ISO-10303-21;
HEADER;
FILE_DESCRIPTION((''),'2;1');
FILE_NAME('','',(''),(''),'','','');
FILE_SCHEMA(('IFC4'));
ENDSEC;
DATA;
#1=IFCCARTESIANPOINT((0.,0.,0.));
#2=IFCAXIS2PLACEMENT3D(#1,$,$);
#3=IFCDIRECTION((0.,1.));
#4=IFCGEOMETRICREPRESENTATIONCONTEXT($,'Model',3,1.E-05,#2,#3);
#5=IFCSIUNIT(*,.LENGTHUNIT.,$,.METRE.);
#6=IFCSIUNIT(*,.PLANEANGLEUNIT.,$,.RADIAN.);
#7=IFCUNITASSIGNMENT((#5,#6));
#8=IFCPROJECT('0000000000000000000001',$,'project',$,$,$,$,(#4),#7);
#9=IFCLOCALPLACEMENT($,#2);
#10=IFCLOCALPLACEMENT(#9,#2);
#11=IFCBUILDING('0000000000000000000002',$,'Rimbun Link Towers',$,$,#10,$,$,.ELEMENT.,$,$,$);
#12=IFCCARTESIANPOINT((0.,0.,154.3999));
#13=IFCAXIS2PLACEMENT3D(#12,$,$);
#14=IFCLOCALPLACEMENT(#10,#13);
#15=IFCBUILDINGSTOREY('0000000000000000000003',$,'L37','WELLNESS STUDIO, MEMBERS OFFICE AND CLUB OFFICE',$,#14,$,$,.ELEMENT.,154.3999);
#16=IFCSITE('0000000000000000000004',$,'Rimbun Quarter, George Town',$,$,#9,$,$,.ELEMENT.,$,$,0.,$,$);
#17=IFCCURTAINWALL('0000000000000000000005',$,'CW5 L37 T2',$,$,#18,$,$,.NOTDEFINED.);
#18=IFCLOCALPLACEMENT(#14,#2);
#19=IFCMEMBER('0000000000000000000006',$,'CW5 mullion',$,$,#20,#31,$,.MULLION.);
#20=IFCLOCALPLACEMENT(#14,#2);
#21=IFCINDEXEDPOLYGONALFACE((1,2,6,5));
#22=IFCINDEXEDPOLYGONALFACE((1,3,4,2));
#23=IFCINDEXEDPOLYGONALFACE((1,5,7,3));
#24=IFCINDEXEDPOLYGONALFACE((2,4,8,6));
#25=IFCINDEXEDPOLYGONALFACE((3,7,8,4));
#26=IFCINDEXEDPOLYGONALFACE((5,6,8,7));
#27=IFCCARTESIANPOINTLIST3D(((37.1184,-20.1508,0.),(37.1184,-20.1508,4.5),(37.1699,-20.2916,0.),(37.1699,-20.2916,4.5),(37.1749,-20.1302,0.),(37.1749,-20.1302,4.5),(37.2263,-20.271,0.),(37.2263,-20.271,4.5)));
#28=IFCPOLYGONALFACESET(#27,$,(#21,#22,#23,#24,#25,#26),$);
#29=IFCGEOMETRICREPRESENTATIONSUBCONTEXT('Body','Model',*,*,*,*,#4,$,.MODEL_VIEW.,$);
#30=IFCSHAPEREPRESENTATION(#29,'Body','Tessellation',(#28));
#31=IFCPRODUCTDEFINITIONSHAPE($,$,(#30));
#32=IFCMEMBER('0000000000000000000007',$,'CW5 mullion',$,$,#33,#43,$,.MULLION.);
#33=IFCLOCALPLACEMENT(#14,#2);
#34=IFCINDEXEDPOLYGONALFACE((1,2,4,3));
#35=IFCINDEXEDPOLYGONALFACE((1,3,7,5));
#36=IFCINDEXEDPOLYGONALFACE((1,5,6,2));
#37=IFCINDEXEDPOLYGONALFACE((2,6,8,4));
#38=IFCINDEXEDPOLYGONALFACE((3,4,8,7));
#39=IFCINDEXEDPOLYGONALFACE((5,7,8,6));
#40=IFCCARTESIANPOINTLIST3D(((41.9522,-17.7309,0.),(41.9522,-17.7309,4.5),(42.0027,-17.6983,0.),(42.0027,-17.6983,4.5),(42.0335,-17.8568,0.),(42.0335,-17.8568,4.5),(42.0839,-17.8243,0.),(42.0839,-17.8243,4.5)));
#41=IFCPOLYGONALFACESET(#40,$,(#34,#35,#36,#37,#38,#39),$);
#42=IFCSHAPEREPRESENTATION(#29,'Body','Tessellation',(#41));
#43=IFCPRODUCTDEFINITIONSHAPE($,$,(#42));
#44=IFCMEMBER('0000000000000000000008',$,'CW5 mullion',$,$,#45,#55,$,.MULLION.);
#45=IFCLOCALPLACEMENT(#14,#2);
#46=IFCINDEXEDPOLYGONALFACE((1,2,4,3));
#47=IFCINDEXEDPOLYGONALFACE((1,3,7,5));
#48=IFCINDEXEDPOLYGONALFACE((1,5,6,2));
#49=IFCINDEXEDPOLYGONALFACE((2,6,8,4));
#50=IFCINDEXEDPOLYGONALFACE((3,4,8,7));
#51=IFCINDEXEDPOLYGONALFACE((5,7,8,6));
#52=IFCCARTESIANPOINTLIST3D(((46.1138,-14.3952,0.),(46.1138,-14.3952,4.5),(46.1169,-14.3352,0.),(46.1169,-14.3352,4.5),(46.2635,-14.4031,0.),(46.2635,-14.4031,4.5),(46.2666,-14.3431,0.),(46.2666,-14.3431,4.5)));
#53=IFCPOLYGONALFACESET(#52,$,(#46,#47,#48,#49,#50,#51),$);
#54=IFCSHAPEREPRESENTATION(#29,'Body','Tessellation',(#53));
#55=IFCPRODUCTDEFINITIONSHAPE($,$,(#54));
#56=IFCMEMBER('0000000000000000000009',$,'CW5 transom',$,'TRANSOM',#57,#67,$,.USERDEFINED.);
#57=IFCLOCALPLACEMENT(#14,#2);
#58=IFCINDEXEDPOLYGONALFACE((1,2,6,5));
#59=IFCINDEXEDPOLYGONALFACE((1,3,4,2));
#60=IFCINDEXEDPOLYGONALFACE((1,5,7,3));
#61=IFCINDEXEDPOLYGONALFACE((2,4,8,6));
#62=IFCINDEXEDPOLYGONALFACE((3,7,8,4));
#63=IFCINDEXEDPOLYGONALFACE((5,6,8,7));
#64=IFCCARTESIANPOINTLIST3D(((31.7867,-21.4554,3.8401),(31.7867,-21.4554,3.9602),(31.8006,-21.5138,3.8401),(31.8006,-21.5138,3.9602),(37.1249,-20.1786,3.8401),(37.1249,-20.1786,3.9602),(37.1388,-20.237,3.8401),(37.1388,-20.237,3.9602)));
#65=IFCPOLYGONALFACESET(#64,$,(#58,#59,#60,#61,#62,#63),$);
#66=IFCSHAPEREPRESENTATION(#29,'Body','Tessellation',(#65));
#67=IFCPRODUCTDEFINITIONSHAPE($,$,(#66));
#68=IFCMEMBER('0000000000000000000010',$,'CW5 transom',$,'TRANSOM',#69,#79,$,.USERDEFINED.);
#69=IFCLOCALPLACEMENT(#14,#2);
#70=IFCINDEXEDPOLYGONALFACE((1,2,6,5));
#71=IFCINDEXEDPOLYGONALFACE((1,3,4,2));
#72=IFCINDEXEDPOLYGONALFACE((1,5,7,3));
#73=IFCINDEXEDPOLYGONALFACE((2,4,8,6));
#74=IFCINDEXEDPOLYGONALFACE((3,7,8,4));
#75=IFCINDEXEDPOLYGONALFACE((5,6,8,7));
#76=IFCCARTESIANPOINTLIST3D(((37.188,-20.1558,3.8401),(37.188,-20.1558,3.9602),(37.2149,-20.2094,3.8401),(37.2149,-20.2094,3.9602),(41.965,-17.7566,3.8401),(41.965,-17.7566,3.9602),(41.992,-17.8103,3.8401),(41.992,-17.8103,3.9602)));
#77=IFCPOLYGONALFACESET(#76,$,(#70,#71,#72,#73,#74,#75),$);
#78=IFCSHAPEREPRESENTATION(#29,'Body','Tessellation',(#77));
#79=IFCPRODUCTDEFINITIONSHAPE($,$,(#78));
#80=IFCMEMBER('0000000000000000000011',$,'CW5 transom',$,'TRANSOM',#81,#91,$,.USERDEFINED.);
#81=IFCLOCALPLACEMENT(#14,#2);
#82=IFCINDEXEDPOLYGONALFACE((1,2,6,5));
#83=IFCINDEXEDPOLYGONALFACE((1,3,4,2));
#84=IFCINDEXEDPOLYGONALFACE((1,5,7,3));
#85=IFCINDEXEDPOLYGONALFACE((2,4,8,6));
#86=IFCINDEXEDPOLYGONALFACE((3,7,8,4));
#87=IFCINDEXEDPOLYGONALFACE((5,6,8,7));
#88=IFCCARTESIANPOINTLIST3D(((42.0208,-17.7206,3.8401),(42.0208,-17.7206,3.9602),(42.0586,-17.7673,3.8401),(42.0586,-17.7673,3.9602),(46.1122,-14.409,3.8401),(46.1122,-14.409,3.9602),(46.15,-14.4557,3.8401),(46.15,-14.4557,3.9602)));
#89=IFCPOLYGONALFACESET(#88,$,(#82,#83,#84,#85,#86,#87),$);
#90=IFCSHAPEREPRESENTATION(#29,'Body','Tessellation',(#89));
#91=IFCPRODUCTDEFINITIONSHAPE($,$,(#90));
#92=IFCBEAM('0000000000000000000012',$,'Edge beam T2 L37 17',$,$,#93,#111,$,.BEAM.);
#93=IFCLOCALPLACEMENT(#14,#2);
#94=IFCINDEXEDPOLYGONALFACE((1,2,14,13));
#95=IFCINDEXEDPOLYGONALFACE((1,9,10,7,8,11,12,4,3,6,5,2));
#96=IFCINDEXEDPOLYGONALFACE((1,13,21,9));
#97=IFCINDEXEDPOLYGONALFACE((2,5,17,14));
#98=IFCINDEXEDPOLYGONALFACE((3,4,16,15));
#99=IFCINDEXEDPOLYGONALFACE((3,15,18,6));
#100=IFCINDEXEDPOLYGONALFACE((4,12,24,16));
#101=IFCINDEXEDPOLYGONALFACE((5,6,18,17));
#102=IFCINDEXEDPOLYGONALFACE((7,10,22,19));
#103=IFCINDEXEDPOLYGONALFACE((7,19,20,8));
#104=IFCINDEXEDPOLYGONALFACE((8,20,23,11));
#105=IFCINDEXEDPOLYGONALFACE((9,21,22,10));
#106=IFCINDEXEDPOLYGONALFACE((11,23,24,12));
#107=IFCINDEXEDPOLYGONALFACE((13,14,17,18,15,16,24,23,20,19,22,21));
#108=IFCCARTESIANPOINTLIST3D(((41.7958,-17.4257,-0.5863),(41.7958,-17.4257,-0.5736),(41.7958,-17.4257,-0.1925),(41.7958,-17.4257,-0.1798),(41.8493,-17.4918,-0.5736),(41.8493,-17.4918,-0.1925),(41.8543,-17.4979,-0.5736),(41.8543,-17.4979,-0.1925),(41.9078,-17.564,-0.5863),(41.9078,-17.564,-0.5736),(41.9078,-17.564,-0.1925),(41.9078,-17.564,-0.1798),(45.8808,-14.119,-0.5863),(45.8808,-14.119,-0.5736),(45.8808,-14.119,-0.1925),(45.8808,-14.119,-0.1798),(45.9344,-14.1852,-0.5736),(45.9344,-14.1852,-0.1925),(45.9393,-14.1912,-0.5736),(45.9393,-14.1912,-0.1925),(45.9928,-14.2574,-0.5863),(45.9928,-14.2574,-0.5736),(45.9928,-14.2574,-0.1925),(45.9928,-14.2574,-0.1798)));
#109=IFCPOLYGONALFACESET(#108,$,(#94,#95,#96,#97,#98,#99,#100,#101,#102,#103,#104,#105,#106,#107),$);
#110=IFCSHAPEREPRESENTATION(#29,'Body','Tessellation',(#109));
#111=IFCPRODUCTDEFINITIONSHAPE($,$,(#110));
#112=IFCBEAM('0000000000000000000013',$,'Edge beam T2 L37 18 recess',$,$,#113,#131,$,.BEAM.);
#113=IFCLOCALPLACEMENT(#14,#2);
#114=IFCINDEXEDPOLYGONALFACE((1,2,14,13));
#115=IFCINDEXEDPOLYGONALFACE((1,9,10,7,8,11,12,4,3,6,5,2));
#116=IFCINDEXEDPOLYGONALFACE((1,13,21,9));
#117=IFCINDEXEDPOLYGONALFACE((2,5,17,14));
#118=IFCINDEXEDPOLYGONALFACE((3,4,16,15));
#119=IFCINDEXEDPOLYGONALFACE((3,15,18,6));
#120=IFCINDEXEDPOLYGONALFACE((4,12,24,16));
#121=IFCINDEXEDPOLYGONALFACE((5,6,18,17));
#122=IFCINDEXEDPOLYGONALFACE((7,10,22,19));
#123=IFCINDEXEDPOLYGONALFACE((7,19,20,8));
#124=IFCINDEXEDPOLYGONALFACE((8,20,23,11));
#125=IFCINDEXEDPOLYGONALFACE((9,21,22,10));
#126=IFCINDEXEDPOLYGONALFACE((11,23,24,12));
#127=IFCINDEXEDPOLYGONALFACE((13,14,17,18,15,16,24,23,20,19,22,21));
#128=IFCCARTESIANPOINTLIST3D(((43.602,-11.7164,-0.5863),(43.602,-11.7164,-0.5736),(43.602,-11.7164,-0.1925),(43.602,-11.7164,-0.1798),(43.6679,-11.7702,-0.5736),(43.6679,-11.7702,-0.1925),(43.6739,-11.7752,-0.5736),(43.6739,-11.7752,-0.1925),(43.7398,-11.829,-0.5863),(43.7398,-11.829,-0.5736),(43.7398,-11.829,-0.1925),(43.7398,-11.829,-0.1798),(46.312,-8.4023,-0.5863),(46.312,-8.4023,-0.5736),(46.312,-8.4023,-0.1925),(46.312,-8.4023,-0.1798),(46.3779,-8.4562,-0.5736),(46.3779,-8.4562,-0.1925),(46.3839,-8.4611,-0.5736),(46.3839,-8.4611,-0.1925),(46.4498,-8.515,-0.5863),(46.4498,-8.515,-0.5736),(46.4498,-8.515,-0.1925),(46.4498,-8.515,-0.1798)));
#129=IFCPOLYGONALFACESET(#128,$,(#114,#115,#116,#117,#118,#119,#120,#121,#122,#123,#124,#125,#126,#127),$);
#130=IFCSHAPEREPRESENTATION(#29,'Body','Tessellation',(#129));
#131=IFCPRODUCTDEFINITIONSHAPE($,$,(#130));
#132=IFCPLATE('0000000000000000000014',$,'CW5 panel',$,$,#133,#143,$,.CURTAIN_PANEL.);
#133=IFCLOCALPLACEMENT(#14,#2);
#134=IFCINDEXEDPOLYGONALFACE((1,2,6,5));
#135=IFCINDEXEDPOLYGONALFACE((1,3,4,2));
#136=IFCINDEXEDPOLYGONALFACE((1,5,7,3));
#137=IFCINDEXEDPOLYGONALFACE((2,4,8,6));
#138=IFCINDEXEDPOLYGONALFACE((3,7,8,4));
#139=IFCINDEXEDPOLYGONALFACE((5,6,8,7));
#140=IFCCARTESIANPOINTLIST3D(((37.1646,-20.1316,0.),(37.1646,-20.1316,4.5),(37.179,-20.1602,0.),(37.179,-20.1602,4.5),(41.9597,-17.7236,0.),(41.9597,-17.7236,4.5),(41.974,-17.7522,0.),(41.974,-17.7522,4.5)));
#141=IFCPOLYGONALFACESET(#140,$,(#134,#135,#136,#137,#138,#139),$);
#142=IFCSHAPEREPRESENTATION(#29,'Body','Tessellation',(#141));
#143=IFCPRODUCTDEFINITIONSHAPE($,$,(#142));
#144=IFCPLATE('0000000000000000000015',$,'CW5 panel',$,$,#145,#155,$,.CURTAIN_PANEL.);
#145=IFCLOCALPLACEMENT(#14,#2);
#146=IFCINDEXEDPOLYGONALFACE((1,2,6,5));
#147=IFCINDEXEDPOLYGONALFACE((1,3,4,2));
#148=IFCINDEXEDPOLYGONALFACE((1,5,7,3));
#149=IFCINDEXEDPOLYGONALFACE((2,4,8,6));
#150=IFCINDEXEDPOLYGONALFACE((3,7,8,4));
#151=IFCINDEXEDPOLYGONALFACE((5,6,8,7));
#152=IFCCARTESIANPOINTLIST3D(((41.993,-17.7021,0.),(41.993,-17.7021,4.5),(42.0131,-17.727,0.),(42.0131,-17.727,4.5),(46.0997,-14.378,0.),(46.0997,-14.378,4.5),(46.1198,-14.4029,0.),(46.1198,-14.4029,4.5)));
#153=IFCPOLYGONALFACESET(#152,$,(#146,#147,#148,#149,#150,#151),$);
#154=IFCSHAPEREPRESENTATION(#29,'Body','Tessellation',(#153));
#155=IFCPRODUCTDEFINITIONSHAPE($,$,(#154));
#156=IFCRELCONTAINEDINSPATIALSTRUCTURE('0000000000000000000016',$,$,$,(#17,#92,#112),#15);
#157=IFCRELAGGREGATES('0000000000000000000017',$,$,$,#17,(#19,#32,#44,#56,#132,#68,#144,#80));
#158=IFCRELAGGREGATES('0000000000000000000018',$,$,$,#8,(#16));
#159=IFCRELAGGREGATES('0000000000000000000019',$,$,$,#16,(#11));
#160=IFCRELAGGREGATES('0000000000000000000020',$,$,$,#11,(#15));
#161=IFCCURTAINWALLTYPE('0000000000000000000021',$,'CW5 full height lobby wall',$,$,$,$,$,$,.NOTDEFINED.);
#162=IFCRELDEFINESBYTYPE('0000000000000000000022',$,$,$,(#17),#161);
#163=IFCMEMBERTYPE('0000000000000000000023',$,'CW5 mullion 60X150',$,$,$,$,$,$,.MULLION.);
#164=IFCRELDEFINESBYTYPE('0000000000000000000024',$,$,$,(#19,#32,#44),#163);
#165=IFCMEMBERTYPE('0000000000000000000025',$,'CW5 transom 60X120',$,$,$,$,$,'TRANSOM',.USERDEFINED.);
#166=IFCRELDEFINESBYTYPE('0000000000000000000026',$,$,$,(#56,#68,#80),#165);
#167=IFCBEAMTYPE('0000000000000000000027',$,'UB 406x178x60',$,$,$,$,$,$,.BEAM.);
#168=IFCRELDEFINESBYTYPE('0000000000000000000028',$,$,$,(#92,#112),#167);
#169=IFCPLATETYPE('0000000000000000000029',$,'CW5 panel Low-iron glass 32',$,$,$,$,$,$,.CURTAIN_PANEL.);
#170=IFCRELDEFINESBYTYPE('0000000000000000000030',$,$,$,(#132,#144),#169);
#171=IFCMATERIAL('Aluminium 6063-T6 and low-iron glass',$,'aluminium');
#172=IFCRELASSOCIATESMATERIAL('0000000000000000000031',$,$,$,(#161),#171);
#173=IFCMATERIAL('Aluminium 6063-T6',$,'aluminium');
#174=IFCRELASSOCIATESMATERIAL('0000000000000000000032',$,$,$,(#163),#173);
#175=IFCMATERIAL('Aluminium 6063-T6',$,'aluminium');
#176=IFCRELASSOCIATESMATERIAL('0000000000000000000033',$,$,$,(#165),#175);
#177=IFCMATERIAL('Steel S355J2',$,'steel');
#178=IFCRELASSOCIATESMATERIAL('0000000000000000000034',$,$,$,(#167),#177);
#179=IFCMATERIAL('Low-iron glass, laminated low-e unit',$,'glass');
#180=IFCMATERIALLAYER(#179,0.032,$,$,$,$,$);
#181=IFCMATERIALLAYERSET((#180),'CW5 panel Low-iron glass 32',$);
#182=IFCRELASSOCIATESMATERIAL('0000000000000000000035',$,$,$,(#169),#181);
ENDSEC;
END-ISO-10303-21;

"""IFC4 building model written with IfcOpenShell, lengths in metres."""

from ifc_helpers import new_model, si_unit, direction, frame, origin, origin_2d, place, context, subcontext, project, spatial, rectangle, i_section, extrude, material, layer, layer_set, material_profile, profile_set, type_object, element, aggregate, save


model = new_model("IFC4")

# Units and contexts
model_context = context("Model", 3, precision=1e-05, world=origin(), true_north=direction((0.0, 1.0)))
body_context = subcontext(model_context, "Body", "Model", "MODEL_VIEW")
ifc_project = project(units=[si_unit("LENGTHUNIT", "METRE"), si_unit("PLANEANGLEUNIT", "RADIAN")], contexts=[model_context])

# Site, building, storey
site_placement = place(None, origin())
site = spatial("IfcSite", under=ifc_project, at=site_placement, Name="Rimbun Quarter, George Town", CompositionType="ELEMENT", RefElevation=0.0)
building_placement = place(site_placement, origin())
building = spatial("IfcBuilding", under=site, at=building_placement, Name="Rimbun Link Towers", CompositionType="ELEMENT")
storey_placement = place(building_placement, frame((0.0, 0.0, 154.3999)))
storey = spatial("IfcBuildingStorey", under=building, at=storey_placement, Name="L37", Description="WELLNESS STUDIO, MEMBERS OFFICE AND CLUB OFFICE", CompositionType="ELEMENT", Elevation=154.3999)

# Curtain wall, members
ifc_material_1 = material(Name="Aluminium 6063-T6 and low-iron glass", Category="aluminium")
curtain_wall_type = type_object("IfcCurtainWallType", Name="CW5 full height lobby wall", PredefinedType="NOTDEFINED", material=ifc_material_1)
curtain_wall_placement = place(storey_placement, origin())
curtain_wall = element("IfcCurtainWall", 1, at=curtain_wall_placement, inside=storey, type_object=curtain_wall_type, Name="CW5 L37 T2", PredefinedType="NOTDEFINED")
ifc_material_2 = material(Name="Aluminium 6063-T6", Category="aluminium")
ifc_material_profile_1 = material_profile(ifc_material_2, rectangle(XDim=0.1499, YDim=0.0601, at=origin_2d()), Name="MULLION 60X150")
ifc_profile_set_1 = profile_set([ifc_material_profile_1], Name="Aluminium 6063-T6")
member_type_1 = type_object("IfcMemberType", Name="CW5 mullion 60X150", PredefinedType="MULLION", material=ifc_profile_set_1)
member_1_placement = place(storey_placement, frame((37.1724, -20.2109, 0.0), z_axis=(0.0, 0.0, 1.0), x_axis=(0.342963, -0.939349, 0.0)))
member_1 = element("IfcMember", 2, at=member_1_placement, type_object=member_type_1, Name="CW5 mullion", PredefinedType="MULLION", context=body_context, shape_type="SweptSolid", body=[
    extrude(rectangle(XDim=0.1499, YDim=0.0601, at=origin_2d()), origin(), (0.0, 0.0, 1.0), 4.5),
])
member_2_placement = place(storey_placement, frame((42.0181, -17.7776, 0.0), z_axis=(0.0, 0.0, 1.0), x_axis=(0.542102, -0.840313, 0.0)))
member_2 = element("IfcMember", 3, at=member_2_placement, type_object=member_type_1, Name="CW5 mullion", PredefinedType="MULLION", context=body_context, shape_type="SweptSolid", body=[
    extrude(rectangle(XDim=0.1499, YDim=0.0601, at=origin_2d()), origin(), (0.0, 0.0, 1.0), 4.5),
])
member_3_placement = place(storey_placement, frame((46.1902, -14.3691, 0.0), z_axis=(0.0, 0.0, 1.0), x_axis=(0.998624, -0.05244, 0.0)))
member_3 = element("IfcMember", 4, at=member_3_placement, type_object=member_type_1, Name="CW5 mullion", PredefinedType="MULLION", context=body_context, shape_type="SweptSolid", body=[
    extrude(rectangle(XDim=0.1499, YDim=0.0601, at=origin_2d()), origin(), (0.0, 0.0, 1.0), 4.5),
])
ifc_material_3 = material(Name="Aluminium 6063-T6", Category="aluminium")
ifc_material_profile_2 = material_profile(ifc_material_3, rectangle(XDim=0.0601, YDim=0.1201, at=origin_2d()), Name="TRANSOM 60X120")
ifc_profile_set_2 = profile_set([ifc_material_profile_2], Name="Aluminium 6063-T6")
member_type_2 = type_object("IfcMemberType", Name="CW5 transom 60X120", ElementType="TRANSOM", PredefinedType="USERDEFINED", material=ifc_profile_set_2)
member_4_placement = place(storey_placement, frame((37.1318, -20.2078, 3.9001), z_axis=(-0.972565, -0.232633, 0.0), x_axis=(0.232633, -0.972565, 0.0)))
member_4 = element("IfcMember", 5, at=member_4_placement, type_object=member_type_2, Name="CW5 transom", ObjectType="TRANSOM", PredefinedType="USERDEFINED", context=body_context, shape_type="SweptSolid", body=[
    extrude(rectangle(XDim=0.0601, YDim=0.1201, at=origin_2d()), origin(), (0.0, 0.0, 1.0), 5.4888),
])
member_5_placement = place(storey_placement, frame((41.9785, -17.7834, 3.9001), z_axis=(-0.893631, -0.448802, 0.0), x_axis=(0.448802, -0.893631, 0.0)))
member_5 = element("IfcMember", 6, at=member_5_placement, type_object=member_type_2, Name="CW5 transom", ObjectType="TRANSOM", PredefinedType="USERDEFINED", context=body_context, shape_type="SweptSolid", body=[
    extrude(rectangle(XDim=0.0601, YDim=0.1201, at=origin_2d()), origin(), (0.0, 0.0, 1.0), 5.3457),
])
member_6_placement = place(storey_placement, frame((46.1311, -14.4324, 3.9001), z_axis=(-0.77729, -0.629142, 0.0), x_axis=(0.629142, -0.77729, 0.0)))
member_6 = element("IfcMember", 7, at=member_6_placement, type_object=member_type_2, Name="CW5 transom", ObjectType="TRANSOM", PredefinedType="USERDEFINED", context=body_context, shape_type="SweptSolid", body=[
    extrude(rectangle(XDim=0.0601, YDim=0.1201, at=origin_2d()), origin(), (0.0, 0.0, 1.0), 5.2637),
])

# Beams
ifc_material_4 = material(Name="Steel S355J2", Category="steel")
ifc_material_profile_3 = material_profile(ifc_material_4, i_section(OverallWidth=0.178, OverallDepth=0.4065, WebThickness=0.0078, FlangeThickness=0.0127, at=origin_2d()), Name="UB 406x178x60")
ifc_profile_set_3 = profile_set([ifc_material_profile_3], Name="Steel S355J2")
beam_type = type_object("IfcBeamType", Name="UB 406x178x60", PredefinedType="BEAM", material=ifc_profile_set_3)
beam_1_placement = place(storey_placement, frame((41.8518, -17.4949, -0.3831), z_axis=(0.777267, 0.629172, 0.0), x_axis=(-0.629172, 0.777267, 0.0)))
element("IfcBeam", 8, at=beam_1_placement, inside=storey, type_object=beam_type, Name="Edge beam T2 L37 17", PredefinedType="BEAM", context=body_context, shape_type="SweptSolid", body=[
    extrude(i_section(OverallWidth=0.178, OverallDepth=0.4065, WebThickness=0.0078, FlangeThickness=0.0127, at=origin_2d()), origin(), (0.0, 0.0, 1.0), 5.2556),
])
beam_2_placement = place(storey_placement, frame((43.6709, -11.7727, -0.3831), z_axis=(0.633033, 0.774125, 0.0), x_axis=(-0.774125, 0.633033, 0.0)))
element("IfcBeam", 9, at=beam_2_placement, inside=storey, type_object=beam_type, Name="Edge beam T2 L37 18 recess", PredefinedType="BEAM", context=body_context, shape_type="SweptSolid", body=[
    extrude(i_section(OverallWidth=0.178, OverallDepth=0.4065, WebThickness=0.0078, FlangeThickness=0.0127, at=origin_2d()), origin(), (0.0, 0.0, 1.0), 4.281),
])

# Plates
ifc_material_5 = material(Name="Low-iron glass, laminated low-e unit", Category="glass")
ifc_layer_1 = layer(ifc_material_5, 0.032)
ifc_layer_set_1 = layer_set([ifc_layer_1], Name="CW5 panel Low-iron glass 32")
plate_type = type_object("IfcPlateType", Name="CW5 panel Low-iron glass 32", PredefinedType="CURTAIN_PANEL", material=ifc_layer_set_1)
plate_1_placement = place(storey_placement, frame((39.5693, -18.9419, 0.0), z_axis=(0.0, 0.0, 1.0), x_axis=(-0.893641, -0.448782, 0.0)))
plate_1 = element("IfcPlate", 10, at=plate_1_placement, type_object=plate_type, Name="CW5 panel", PredefinedType="CURTAIN_PANEL", context=body_context, shape_type="SweptSolid", body=[
    extrude(rectangle(XDim=5.3657, YDim=0.032, at=origin_2d()), origin(), (0.0, 0.0, 1.0), 4.5),
])
plate_2_placement = place(storey_placement, frame((44.0564, -16.0525, 0.0), z_axis=(0.0, 0.0, 1.0), x_axis=(-0.777277, -0.629159, 0.0)))
plate_2 = element("IfcPlate", 11, at=plate_2_placement, type_object=plate_type, Name="CW5 panel", PredefinedType="CURTAIN_PANEL", context=body_context, shape_type="SweptSolid", body=[
    extrude(rectangle(XDim=5.2834, YDim=0.032, at=origin_2d()), origin(), (0.0, 0.0, 1.0), 4.5),
])
aggregate(curtain_wall, [member_1, member_2, member_3, member_4, plate_1, member_5, plate_2, member_6])

save(model, "model.ifc")
